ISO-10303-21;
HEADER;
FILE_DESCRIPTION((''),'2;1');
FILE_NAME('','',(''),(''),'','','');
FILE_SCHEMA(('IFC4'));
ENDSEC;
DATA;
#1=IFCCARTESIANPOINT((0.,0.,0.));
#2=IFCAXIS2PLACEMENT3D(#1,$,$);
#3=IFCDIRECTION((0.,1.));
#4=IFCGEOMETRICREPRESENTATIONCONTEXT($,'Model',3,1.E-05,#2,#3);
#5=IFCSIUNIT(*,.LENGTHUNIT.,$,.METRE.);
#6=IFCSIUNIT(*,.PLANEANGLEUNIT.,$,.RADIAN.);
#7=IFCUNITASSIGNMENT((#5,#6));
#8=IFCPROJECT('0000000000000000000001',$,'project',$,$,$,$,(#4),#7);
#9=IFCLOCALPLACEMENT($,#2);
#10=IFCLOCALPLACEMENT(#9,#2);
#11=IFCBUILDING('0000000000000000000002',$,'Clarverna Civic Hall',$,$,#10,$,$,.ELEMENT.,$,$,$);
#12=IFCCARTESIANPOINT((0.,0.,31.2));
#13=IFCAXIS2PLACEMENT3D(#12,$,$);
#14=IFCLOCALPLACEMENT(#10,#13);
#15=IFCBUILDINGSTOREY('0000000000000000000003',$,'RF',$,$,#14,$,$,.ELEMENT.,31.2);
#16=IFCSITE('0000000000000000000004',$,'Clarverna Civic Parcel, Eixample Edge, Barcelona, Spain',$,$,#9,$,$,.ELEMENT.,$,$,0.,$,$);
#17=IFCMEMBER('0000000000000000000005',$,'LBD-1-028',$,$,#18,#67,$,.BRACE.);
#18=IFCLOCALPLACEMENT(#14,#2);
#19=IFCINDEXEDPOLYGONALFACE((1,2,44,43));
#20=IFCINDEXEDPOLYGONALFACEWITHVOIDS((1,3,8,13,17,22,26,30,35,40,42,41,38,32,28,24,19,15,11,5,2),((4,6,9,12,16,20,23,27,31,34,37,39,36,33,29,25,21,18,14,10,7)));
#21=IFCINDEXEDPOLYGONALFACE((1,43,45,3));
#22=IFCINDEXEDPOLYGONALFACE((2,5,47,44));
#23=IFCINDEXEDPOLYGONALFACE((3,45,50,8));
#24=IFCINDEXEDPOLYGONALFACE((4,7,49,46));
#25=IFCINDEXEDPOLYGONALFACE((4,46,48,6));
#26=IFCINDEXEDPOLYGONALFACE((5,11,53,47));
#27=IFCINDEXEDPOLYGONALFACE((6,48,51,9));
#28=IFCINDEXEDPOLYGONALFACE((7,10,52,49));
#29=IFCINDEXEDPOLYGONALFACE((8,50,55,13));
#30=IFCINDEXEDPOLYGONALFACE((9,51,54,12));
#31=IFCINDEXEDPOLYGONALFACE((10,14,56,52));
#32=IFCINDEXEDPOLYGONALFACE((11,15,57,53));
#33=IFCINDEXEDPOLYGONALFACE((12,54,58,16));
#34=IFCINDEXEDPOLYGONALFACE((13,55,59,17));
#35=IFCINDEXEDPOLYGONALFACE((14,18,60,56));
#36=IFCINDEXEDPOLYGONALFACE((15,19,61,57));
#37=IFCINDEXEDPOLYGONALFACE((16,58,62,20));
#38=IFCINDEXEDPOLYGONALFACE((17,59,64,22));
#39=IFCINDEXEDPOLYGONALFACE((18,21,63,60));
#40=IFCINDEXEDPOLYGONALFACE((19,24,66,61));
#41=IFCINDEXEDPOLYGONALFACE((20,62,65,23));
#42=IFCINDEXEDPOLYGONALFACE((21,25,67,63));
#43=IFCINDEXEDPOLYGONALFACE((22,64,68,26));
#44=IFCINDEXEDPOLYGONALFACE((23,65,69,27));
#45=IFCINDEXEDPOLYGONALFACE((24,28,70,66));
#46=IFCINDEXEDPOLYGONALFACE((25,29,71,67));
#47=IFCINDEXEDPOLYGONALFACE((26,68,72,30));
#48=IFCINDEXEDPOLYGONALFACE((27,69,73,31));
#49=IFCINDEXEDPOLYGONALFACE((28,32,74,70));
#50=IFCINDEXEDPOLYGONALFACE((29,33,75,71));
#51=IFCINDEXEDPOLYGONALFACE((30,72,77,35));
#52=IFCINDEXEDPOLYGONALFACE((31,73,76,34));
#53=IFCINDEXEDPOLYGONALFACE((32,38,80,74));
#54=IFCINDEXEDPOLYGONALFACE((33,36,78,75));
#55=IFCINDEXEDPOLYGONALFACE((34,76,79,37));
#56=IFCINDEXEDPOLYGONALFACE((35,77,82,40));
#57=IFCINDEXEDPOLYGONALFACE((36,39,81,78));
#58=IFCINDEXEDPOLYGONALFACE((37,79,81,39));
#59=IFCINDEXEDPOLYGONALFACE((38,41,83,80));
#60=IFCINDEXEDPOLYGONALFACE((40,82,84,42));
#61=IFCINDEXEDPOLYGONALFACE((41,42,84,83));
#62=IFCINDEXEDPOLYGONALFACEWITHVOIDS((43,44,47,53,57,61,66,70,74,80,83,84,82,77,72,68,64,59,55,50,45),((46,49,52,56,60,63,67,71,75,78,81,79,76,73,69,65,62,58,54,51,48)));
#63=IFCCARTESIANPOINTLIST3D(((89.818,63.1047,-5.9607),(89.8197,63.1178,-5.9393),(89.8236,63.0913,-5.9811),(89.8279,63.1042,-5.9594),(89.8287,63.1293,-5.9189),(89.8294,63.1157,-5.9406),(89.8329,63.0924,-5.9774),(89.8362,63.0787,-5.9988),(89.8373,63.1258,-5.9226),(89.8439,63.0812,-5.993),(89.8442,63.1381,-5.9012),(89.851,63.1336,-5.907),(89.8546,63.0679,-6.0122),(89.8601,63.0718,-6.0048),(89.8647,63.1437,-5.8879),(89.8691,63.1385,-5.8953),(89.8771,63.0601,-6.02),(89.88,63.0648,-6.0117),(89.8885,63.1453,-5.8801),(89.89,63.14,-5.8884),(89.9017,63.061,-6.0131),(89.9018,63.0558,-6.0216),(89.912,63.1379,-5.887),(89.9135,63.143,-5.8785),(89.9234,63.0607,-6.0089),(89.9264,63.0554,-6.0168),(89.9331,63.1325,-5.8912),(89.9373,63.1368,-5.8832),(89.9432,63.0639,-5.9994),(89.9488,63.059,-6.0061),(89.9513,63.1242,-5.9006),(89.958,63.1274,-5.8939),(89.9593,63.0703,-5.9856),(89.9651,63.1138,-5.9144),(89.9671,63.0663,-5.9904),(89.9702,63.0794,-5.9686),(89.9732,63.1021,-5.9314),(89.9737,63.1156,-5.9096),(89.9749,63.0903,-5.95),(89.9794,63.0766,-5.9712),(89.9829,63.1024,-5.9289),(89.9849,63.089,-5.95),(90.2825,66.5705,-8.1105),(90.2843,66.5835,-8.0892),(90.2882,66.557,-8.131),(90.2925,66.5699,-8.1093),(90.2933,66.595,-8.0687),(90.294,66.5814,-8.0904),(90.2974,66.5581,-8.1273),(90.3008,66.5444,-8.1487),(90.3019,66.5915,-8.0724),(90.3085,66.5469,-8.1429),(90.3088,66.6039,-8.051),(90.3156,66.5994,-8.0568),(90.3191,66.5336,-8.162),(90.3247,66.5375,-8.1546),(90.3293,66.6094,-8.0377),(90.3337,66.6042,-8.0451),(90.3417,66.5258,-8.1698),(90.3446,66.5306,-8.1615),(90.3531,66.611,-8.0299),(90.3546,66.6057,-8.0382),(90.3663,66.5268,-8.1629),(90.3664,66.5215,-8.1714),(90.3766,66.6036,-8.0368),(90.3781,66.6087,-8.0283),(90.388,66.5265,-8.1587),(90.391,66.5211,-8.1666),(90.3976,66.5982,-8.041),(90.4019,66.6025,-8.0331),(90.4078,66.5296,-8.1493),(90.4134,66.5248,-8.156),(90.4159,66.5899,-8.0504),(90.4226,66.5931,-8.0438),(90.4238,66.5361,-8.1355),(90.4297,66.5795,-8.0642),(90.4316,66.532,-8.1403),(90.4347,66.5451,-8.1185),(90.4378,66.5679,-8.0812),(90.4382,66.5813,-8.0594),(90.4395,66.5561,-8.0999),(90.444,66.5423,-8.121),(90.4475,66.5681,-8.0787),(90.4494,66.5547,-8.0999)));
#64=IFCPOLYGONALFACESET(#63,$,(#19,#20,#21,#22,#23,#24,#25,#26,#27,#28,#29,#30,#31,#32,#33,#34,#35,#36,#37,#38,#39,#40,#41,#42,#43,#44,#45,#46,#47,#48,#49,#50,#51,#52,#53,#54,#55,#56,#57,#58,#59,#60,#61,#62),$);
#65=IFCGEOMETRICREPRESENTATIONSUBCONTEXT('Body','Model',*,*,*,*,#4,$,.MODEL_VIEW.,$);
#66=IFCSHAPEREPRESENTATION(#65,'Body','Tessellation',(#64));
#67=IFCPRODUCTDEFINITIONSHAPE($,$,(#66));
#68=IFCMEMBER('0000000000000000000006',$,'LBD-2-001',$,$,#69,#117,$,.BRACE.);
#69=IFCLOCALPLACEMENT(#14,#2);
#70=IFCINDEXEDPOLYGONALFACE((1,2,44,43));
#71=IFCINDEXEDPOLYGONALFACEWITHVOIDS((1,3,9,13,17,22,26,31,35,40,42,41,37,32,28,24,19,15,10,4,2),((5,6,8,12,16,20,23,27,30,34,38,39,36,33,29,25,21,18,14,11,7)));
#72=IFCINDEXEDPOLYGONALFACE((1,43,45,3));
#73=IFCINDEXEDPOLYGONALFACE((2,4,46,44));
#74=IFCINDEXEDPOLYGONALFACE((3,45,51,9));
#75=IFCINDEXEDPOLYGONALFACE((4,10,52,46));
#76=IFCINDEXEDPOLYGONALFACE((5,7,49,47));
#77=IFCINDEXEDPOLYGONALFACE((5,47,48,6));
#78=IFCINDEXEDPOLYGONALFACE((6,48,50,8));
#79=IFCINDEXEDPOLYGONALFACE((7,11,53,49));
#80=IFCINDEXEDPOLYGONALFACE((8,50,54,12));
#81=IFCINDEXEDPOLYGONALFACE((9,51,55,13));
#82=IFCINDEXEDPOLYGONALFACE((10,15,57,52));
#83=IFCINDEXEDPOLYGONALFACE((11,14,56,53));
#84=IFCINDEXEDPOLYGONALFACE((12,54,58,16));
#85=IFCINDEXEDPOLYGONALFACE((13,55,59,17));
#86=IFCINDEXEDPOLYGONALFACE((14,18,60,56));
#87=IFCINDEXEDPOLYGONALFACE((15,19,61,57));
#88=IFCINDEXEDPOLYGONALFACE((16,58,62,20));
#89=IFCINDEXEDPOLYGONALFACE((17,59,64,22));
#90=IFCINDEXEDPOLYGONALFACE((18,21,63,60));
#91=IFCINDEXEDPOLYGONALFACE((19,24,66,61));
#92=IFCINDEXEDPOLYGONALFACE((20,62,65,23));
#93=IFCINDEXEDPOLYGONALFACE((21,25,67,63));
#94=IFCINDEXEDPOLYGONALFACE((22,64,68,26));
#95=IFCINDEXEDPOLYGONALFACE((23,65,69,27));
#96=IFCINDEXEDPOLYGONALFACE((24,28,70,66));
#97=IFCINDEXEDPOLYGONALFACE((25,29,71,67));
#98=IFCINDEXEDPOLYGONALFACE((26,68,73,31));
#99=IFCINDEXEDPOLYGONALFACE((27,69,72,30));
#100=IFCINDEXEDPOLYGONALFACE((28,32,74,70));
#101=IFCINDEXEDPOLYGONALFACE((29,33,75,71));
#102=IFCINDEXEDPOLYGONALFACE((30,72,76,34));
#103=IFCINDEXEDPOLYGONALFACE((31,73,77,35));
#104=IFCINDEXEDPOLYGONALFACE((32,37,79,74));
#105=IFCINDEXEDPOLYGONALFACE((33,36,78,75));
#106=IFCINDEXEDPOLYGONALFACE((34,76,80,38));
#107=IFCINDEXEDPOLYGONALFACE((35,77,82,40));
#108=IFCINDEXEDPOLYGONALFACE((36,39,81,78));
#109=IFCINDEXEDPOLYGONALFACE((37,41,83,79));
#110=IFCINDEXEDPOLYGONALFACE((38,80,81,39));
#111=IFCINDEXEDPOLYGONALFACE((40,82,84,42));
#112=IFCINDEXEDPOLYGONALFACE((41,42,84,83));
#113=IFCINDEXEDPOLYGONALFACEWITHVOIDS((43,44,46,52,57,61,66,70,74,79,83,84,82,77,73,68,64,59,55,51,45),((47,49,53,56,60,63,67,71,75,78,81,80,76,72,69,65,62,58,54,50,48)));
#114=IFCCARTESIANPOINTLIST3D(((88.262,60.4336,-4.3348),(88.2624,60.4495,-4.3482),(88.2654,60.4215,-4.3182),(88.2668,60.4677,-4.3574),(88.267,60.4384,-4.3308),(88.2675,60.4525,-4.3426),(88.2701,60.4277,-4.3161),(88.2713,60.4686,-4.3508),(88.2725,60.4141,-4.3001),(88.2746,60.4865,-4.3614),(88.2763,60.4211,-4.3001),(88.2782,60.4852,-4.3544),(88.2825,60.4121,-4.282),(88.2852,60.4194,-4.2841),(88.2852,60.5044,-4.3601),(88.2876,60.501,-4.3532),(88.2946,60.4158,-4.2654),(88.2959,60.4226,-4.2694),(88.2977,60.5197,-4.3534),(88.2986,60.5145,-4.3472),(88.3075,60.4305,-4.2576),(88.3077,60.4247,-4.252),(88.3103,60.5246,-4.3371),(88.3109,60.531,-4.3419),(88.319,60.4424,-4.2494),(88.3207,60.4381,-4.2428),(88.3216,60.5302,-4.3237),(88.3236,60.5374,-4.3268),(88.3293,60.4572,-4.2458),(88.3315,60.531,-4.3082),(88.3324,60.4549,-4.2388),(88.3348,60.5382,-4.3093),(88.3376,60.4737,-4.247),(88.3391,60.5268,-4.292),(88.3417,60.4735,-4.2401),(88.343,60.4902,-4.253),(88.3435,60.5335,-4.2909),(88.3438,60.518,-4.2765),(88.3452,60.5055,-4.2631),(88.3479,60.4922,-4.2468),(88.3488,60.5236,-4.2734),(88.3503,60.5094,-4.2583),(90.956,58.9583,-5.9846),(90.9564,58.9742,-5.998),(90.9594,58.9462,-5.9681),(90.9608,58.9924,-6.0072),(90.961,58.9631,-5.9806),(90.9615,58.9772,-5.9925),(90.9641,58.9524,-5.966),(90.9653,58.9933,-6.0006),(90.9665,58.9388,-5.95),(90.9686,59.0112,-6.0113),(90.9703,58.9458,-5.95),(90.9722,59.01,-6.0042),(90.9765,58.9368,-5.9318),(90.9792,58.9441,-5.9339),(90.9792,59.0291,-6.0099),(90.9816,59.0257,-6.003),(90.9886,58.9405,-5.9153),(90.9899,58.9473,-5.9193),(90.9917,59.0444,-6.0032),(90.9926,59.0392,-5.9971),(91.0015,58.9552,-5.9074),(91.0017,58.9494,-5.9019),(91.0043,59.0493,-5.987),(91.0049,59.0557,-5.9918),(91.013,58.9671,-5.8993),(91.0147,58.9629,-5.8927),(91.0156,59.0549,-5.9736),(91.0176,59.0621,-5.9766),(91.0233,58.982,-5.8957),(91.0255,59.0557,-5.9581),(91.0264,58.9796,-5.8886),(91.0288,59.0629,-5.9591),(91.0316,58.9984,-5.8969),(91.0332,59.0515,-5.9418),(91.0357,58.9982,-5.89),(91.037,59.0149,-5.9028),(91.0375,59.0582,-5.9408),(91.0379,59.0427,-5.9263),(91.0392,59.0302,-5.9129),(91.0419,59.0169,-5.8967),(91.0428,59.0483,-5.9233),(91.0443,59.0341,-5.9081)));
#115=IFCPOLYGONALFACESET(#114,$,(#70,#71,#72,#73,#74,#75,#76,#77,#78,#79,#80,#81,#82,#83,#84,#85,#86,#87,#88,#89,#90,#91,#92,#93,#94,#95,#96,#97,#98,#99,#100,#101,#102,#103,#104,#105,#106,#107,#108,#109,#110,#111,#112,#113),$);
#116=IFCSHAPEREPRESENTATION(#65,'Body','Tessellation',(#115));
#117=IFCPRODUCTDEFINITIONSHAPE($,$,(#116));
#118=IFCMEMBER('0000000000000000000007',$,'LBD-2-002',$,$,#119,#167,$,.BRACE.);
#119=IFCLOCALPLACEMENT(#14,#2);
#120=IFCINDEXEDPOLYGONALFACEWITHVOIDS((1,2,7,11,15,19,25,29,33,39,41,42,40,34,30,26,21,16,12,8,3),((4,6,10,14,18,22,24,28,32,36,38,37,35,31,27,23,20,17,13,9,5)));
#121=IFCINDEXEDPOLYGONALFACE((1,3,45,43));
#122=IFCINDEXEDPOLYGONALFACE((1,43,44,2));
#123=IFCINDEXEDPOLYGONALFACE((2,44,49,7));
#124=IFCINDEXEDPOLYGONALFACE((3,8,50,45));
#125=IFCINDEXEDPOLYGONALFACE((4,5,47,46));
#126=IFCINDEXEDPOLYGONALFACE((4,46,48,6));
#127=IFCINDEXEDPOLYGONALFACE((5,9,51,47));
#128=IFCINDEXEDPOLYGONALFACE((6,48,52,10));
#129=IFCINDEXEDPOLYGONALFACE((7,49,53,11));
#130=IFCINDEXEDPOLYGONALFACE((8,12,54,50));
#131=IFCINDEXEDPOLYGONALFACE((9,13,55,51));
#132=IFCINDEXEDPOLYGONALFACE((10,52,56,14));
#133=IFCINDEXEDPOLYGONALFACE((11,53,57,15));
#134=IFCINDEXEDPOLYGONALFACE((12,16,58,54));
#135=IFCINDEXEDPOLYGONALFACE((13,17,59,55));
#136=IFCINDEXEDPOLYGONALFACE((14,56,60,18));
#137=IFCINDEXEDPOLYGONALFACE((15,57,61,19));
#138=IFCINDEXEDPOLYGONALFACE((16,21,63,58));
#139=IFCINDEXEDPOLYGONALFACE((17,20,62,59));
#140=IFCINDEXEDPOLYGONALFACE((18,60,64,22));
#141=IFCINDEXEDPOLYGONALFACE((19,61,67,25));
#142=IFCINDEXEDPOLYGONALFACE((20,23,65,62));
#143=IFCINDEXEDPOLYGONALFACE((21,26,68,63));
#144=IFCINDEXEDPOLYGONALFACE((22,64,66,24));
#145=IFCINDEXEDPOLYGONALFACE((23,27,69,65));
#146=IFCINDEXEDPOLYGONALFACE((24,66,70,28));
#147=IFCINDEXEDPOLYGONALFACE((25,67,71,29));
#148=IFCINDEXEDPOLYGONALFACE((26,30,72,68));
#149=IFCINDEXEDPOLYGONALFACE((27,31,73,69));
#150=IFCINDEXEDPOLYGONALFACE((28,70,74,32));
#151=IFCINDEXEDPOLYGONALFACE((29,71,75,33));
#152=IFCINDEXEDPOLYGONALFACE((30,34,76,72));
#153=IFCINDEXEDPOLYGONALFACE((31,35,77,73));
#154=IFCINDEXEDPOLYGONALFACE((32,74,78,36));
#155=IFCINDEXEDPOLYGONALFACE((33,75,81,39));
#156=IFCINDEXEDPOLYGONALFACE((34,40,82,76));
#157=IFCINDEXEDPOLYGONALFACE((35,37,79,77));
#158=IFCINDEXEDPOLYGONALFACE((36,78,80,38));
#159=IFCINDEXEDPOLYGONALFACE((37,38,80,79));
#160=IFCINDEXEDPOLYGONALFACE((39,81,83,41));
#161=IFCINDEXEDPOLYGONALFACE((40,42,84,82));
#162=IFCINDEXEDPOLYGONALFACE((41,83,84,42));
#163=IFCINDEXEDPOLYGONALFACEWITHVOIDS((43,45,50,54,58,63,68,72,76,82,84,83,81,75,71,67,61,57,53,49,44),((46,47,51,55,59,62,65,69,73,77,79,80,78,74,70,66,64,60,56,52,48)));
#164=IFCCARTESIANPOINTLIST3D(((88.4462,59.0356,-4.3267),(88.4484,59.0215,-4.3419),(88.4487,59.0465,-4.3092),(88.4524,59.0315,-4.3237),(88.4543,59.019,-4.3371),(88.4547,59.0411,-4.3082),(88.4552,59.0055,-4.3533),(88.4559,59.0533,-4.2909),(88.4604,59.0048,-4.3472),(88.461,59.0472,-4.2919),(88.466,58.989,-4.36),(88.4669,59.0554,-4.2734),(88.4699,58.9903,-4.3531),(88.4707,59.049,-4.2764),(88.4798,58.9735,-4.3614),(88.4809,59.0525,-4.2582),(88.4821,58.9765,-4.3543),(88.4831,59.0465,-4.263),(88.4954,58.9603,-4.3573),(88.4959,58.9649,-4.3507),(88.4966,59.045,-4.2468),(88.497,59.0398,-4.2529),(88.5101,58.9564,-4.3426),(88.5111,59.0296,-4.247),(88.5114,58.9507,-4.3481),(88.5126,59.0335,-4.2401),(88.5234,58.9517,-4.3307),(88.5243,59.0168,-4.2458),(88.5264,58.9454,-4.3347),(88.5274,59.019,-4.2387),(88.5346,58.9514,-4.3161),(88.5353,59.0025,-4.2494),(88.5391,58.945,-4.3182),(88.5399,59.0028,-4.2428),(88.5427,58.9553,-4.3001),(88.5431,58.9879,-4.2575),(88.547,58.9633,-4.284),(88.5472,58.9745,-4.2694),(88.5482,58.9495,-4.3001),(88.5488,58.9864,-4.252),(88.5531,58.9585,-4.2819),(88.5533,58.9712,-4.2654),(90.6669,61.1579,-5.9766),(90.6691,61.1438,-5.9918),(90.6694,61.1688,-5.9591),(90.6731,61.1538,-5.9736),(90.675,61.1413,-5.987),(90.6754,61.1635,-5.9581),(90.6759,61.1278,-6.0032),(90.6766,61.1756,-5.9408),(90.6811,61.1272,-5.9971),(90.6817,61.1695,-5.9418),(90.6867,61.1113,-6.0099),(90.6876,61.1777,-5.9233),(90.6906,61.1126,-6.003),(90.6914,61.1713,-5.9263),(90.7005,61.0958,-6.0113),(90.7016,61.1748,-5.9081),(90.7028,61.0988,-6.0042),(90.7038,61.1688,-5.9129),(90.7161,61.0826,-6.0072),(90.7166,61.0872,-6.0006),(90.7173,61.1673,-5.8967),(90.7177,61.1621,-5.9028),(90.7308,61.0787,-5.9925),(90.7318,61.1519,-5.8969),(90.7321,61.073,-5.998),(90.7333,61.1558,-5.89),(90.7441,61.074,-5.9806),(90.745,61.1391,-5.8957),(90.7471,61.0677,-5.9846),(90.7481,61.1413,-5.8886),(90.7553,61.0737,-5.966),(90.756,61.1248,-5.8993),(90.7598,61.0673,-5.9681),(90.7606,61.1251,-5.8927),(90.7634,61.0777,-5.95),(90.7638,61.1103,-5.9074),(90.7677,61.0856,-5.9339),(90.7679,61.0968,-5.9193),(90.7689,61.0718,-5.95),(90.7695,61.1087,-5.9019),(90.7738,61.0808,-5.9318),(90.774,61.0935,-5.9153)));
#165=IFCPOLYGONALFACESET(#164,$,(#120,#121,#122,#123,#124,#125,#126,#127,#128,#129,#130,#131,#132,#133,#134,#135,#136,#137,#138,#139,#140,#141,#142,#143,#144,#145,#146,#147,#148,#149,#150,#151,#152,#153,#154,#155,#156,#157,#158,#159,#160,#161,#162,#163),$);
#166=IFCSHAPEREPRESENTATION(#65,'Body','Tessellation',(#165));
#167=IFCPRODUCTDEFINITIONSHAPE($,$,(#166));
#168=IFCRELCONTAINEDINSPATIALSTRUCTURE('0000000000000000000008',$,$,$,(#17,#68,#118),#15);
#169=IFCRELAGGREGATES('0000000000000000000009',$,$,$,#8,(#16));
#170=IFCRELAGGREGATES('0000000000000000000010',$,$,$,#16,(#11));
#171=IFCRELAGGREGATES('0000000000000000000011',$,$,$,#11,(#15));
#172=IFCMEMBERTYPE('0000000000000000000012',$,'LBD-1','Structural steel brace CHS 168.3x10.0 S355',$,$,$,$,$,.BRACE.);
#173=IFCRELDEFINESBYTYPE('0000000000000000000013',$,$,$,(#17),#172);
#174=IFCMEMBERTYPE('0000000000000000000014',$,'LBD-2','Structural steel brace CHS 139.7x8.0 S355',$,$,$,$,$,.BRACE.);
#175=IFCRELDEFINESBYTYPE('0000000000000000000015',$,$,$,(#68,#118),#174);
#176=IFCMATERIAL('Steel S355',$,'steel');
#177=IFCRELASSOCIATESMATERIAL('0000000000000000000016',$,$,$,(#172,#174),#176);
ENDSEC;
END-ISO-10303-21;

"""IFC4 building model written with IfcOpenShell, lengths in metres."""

from ifc_helpers import new_model, si_unit, direction, frame, origin, origin_2d, place, context, subcontext, project, spatial, hollow_circle, extrude, material, material_profile, profile_set, type_object, element, save


model = new_model("IFC4")

# Units and contexts
model_context = context("Model", 3, precision=1e-05, world=origin(), true_north=direction((0.0, 1.0)))
body_context = subcontext(model_context, "Body", "Model", "MODEL_VIEW")
ifc_project = project(units=[si_unit("LENGTHUNIT", "METRE"), si_unit("PLANEANGLEUNIT", "RADIAN")], contexts=[model_context])

# Site, building, storey
site_placement = place(None, origin())
site = spatial("IfcSite", under=ifc_project, at=site_placement, Name="Clarverna Civic Parcel, Eixample Edge, Barcelona, Spain", CompositionType="ELEMENT", RefElevation=0.0)
building_placement = place(site_placement, origin())
building = spatial("IfcBuilding", under=site, at=building_placement, Name="Clarverna Civic Hall", CompositionType="ELEMENT")
storey_placement = place(building_placement, frame((0.0, 0.0, 31.2)))
storey = spatial("IfcBuildingStorey", under=building, at=storey_placement, Name="RF", CompositionType="ELEMENT", Elevation=31.2)

# Members
ifc_material_1 = material(Name="Steel S355", Category="steel")
ifc_material_profile_1 = material_profile(ifc_material_1, hollow_circle(Radius=0.0842, WallThickness=0.01, at=origin_2d()), Name="CHS 168.3x10.0")
ifc_profile_set_1 = profile_set([ifc_material_profile_1], Name="Steel S355")
member_type_1 = type_object("IfcMemberType", Name="LBD-1", Description="Structural steel brace CHS 168.3x10.0 S355", PredefinedType="BRACE", material=ifc_profile_set_1)
member_1_placement = place(storey_placement, frame((90.366, 66.5659, -8.0999), z_axis=(-0.113183, -0.844322, 0.523746), x_axis=(0.991134, -0.132863, 0.0)))
element("IfcMember", 1, at=member_1_placement, inside=storey, type_object=member_type_1, Name="LBD-1-028", PredefinedType="BRACE", context=body_context, shape_type="SweptSolid", body=[
    extrude(hollow_circle(Radius=0.0842, WallThickness=0.01, at=origin_2d()), origin(), (0.0, 0.0, 1.0), 4.1047),
])
ifc_material_profile_2 = material_profile(ifc_material_1, hollow_circle(Radius=0.0698, WallThickness=0.0081, at=origin_2d()), Name="CHS 139.7x8.0")
ifc_profile_set_2 = profile_set([ifc_material_profile_2], Name="Steel S355")
member_type_2 = type_object("IfcMemberType", Name="LBD-2", Description="Structural steel brace CHS 139.7x8.0 S355", PredefinedType="BRACE", material=ifc_profile_set_2)
member_2_placement = place(storey_placement, frame((91.0, 59.0, -5.95), z_axis=(-0.772681, 0.423136, 0.473201), x_axis=(-0.480316, -0.877095, 0.0)))
element("IfcMember", 2, at=member_2_placement, inside=storey, type_object=member_type_2, Name="LBD-2-001", PredefinedType="BRACE", context=body_context, shape_type="SweptSolid", body=[
    extrude(hollow_circle(Radius=0.0698, WallThickness=0.0081, at=origin_2d()), origin(), (0.0, 0.0, 1.0), 3.4866),
])
member_3_placement = place(storey_placement, frame((90.7207, 61.1223, -5.95), z_axis=(-0.636885, -0.608668, 0.473182), x_axis=(0.69091, -0.72294, 0.0)))
element("IfcMember", 3, at=member_3_placement, inside=storey, type_object=member_type_2, Name="LBD-2-002", PredefinedType="BRACE", context=body_context, shape_type="SweptSolid", body=[
    extrude(hollow_circle(Radius=0.0698, WallThickness=0.0081, at=origin_2d()), origin(), (0.0, 0.0, 1.0), 3.4868),
])

save(model, "model.ifc")
